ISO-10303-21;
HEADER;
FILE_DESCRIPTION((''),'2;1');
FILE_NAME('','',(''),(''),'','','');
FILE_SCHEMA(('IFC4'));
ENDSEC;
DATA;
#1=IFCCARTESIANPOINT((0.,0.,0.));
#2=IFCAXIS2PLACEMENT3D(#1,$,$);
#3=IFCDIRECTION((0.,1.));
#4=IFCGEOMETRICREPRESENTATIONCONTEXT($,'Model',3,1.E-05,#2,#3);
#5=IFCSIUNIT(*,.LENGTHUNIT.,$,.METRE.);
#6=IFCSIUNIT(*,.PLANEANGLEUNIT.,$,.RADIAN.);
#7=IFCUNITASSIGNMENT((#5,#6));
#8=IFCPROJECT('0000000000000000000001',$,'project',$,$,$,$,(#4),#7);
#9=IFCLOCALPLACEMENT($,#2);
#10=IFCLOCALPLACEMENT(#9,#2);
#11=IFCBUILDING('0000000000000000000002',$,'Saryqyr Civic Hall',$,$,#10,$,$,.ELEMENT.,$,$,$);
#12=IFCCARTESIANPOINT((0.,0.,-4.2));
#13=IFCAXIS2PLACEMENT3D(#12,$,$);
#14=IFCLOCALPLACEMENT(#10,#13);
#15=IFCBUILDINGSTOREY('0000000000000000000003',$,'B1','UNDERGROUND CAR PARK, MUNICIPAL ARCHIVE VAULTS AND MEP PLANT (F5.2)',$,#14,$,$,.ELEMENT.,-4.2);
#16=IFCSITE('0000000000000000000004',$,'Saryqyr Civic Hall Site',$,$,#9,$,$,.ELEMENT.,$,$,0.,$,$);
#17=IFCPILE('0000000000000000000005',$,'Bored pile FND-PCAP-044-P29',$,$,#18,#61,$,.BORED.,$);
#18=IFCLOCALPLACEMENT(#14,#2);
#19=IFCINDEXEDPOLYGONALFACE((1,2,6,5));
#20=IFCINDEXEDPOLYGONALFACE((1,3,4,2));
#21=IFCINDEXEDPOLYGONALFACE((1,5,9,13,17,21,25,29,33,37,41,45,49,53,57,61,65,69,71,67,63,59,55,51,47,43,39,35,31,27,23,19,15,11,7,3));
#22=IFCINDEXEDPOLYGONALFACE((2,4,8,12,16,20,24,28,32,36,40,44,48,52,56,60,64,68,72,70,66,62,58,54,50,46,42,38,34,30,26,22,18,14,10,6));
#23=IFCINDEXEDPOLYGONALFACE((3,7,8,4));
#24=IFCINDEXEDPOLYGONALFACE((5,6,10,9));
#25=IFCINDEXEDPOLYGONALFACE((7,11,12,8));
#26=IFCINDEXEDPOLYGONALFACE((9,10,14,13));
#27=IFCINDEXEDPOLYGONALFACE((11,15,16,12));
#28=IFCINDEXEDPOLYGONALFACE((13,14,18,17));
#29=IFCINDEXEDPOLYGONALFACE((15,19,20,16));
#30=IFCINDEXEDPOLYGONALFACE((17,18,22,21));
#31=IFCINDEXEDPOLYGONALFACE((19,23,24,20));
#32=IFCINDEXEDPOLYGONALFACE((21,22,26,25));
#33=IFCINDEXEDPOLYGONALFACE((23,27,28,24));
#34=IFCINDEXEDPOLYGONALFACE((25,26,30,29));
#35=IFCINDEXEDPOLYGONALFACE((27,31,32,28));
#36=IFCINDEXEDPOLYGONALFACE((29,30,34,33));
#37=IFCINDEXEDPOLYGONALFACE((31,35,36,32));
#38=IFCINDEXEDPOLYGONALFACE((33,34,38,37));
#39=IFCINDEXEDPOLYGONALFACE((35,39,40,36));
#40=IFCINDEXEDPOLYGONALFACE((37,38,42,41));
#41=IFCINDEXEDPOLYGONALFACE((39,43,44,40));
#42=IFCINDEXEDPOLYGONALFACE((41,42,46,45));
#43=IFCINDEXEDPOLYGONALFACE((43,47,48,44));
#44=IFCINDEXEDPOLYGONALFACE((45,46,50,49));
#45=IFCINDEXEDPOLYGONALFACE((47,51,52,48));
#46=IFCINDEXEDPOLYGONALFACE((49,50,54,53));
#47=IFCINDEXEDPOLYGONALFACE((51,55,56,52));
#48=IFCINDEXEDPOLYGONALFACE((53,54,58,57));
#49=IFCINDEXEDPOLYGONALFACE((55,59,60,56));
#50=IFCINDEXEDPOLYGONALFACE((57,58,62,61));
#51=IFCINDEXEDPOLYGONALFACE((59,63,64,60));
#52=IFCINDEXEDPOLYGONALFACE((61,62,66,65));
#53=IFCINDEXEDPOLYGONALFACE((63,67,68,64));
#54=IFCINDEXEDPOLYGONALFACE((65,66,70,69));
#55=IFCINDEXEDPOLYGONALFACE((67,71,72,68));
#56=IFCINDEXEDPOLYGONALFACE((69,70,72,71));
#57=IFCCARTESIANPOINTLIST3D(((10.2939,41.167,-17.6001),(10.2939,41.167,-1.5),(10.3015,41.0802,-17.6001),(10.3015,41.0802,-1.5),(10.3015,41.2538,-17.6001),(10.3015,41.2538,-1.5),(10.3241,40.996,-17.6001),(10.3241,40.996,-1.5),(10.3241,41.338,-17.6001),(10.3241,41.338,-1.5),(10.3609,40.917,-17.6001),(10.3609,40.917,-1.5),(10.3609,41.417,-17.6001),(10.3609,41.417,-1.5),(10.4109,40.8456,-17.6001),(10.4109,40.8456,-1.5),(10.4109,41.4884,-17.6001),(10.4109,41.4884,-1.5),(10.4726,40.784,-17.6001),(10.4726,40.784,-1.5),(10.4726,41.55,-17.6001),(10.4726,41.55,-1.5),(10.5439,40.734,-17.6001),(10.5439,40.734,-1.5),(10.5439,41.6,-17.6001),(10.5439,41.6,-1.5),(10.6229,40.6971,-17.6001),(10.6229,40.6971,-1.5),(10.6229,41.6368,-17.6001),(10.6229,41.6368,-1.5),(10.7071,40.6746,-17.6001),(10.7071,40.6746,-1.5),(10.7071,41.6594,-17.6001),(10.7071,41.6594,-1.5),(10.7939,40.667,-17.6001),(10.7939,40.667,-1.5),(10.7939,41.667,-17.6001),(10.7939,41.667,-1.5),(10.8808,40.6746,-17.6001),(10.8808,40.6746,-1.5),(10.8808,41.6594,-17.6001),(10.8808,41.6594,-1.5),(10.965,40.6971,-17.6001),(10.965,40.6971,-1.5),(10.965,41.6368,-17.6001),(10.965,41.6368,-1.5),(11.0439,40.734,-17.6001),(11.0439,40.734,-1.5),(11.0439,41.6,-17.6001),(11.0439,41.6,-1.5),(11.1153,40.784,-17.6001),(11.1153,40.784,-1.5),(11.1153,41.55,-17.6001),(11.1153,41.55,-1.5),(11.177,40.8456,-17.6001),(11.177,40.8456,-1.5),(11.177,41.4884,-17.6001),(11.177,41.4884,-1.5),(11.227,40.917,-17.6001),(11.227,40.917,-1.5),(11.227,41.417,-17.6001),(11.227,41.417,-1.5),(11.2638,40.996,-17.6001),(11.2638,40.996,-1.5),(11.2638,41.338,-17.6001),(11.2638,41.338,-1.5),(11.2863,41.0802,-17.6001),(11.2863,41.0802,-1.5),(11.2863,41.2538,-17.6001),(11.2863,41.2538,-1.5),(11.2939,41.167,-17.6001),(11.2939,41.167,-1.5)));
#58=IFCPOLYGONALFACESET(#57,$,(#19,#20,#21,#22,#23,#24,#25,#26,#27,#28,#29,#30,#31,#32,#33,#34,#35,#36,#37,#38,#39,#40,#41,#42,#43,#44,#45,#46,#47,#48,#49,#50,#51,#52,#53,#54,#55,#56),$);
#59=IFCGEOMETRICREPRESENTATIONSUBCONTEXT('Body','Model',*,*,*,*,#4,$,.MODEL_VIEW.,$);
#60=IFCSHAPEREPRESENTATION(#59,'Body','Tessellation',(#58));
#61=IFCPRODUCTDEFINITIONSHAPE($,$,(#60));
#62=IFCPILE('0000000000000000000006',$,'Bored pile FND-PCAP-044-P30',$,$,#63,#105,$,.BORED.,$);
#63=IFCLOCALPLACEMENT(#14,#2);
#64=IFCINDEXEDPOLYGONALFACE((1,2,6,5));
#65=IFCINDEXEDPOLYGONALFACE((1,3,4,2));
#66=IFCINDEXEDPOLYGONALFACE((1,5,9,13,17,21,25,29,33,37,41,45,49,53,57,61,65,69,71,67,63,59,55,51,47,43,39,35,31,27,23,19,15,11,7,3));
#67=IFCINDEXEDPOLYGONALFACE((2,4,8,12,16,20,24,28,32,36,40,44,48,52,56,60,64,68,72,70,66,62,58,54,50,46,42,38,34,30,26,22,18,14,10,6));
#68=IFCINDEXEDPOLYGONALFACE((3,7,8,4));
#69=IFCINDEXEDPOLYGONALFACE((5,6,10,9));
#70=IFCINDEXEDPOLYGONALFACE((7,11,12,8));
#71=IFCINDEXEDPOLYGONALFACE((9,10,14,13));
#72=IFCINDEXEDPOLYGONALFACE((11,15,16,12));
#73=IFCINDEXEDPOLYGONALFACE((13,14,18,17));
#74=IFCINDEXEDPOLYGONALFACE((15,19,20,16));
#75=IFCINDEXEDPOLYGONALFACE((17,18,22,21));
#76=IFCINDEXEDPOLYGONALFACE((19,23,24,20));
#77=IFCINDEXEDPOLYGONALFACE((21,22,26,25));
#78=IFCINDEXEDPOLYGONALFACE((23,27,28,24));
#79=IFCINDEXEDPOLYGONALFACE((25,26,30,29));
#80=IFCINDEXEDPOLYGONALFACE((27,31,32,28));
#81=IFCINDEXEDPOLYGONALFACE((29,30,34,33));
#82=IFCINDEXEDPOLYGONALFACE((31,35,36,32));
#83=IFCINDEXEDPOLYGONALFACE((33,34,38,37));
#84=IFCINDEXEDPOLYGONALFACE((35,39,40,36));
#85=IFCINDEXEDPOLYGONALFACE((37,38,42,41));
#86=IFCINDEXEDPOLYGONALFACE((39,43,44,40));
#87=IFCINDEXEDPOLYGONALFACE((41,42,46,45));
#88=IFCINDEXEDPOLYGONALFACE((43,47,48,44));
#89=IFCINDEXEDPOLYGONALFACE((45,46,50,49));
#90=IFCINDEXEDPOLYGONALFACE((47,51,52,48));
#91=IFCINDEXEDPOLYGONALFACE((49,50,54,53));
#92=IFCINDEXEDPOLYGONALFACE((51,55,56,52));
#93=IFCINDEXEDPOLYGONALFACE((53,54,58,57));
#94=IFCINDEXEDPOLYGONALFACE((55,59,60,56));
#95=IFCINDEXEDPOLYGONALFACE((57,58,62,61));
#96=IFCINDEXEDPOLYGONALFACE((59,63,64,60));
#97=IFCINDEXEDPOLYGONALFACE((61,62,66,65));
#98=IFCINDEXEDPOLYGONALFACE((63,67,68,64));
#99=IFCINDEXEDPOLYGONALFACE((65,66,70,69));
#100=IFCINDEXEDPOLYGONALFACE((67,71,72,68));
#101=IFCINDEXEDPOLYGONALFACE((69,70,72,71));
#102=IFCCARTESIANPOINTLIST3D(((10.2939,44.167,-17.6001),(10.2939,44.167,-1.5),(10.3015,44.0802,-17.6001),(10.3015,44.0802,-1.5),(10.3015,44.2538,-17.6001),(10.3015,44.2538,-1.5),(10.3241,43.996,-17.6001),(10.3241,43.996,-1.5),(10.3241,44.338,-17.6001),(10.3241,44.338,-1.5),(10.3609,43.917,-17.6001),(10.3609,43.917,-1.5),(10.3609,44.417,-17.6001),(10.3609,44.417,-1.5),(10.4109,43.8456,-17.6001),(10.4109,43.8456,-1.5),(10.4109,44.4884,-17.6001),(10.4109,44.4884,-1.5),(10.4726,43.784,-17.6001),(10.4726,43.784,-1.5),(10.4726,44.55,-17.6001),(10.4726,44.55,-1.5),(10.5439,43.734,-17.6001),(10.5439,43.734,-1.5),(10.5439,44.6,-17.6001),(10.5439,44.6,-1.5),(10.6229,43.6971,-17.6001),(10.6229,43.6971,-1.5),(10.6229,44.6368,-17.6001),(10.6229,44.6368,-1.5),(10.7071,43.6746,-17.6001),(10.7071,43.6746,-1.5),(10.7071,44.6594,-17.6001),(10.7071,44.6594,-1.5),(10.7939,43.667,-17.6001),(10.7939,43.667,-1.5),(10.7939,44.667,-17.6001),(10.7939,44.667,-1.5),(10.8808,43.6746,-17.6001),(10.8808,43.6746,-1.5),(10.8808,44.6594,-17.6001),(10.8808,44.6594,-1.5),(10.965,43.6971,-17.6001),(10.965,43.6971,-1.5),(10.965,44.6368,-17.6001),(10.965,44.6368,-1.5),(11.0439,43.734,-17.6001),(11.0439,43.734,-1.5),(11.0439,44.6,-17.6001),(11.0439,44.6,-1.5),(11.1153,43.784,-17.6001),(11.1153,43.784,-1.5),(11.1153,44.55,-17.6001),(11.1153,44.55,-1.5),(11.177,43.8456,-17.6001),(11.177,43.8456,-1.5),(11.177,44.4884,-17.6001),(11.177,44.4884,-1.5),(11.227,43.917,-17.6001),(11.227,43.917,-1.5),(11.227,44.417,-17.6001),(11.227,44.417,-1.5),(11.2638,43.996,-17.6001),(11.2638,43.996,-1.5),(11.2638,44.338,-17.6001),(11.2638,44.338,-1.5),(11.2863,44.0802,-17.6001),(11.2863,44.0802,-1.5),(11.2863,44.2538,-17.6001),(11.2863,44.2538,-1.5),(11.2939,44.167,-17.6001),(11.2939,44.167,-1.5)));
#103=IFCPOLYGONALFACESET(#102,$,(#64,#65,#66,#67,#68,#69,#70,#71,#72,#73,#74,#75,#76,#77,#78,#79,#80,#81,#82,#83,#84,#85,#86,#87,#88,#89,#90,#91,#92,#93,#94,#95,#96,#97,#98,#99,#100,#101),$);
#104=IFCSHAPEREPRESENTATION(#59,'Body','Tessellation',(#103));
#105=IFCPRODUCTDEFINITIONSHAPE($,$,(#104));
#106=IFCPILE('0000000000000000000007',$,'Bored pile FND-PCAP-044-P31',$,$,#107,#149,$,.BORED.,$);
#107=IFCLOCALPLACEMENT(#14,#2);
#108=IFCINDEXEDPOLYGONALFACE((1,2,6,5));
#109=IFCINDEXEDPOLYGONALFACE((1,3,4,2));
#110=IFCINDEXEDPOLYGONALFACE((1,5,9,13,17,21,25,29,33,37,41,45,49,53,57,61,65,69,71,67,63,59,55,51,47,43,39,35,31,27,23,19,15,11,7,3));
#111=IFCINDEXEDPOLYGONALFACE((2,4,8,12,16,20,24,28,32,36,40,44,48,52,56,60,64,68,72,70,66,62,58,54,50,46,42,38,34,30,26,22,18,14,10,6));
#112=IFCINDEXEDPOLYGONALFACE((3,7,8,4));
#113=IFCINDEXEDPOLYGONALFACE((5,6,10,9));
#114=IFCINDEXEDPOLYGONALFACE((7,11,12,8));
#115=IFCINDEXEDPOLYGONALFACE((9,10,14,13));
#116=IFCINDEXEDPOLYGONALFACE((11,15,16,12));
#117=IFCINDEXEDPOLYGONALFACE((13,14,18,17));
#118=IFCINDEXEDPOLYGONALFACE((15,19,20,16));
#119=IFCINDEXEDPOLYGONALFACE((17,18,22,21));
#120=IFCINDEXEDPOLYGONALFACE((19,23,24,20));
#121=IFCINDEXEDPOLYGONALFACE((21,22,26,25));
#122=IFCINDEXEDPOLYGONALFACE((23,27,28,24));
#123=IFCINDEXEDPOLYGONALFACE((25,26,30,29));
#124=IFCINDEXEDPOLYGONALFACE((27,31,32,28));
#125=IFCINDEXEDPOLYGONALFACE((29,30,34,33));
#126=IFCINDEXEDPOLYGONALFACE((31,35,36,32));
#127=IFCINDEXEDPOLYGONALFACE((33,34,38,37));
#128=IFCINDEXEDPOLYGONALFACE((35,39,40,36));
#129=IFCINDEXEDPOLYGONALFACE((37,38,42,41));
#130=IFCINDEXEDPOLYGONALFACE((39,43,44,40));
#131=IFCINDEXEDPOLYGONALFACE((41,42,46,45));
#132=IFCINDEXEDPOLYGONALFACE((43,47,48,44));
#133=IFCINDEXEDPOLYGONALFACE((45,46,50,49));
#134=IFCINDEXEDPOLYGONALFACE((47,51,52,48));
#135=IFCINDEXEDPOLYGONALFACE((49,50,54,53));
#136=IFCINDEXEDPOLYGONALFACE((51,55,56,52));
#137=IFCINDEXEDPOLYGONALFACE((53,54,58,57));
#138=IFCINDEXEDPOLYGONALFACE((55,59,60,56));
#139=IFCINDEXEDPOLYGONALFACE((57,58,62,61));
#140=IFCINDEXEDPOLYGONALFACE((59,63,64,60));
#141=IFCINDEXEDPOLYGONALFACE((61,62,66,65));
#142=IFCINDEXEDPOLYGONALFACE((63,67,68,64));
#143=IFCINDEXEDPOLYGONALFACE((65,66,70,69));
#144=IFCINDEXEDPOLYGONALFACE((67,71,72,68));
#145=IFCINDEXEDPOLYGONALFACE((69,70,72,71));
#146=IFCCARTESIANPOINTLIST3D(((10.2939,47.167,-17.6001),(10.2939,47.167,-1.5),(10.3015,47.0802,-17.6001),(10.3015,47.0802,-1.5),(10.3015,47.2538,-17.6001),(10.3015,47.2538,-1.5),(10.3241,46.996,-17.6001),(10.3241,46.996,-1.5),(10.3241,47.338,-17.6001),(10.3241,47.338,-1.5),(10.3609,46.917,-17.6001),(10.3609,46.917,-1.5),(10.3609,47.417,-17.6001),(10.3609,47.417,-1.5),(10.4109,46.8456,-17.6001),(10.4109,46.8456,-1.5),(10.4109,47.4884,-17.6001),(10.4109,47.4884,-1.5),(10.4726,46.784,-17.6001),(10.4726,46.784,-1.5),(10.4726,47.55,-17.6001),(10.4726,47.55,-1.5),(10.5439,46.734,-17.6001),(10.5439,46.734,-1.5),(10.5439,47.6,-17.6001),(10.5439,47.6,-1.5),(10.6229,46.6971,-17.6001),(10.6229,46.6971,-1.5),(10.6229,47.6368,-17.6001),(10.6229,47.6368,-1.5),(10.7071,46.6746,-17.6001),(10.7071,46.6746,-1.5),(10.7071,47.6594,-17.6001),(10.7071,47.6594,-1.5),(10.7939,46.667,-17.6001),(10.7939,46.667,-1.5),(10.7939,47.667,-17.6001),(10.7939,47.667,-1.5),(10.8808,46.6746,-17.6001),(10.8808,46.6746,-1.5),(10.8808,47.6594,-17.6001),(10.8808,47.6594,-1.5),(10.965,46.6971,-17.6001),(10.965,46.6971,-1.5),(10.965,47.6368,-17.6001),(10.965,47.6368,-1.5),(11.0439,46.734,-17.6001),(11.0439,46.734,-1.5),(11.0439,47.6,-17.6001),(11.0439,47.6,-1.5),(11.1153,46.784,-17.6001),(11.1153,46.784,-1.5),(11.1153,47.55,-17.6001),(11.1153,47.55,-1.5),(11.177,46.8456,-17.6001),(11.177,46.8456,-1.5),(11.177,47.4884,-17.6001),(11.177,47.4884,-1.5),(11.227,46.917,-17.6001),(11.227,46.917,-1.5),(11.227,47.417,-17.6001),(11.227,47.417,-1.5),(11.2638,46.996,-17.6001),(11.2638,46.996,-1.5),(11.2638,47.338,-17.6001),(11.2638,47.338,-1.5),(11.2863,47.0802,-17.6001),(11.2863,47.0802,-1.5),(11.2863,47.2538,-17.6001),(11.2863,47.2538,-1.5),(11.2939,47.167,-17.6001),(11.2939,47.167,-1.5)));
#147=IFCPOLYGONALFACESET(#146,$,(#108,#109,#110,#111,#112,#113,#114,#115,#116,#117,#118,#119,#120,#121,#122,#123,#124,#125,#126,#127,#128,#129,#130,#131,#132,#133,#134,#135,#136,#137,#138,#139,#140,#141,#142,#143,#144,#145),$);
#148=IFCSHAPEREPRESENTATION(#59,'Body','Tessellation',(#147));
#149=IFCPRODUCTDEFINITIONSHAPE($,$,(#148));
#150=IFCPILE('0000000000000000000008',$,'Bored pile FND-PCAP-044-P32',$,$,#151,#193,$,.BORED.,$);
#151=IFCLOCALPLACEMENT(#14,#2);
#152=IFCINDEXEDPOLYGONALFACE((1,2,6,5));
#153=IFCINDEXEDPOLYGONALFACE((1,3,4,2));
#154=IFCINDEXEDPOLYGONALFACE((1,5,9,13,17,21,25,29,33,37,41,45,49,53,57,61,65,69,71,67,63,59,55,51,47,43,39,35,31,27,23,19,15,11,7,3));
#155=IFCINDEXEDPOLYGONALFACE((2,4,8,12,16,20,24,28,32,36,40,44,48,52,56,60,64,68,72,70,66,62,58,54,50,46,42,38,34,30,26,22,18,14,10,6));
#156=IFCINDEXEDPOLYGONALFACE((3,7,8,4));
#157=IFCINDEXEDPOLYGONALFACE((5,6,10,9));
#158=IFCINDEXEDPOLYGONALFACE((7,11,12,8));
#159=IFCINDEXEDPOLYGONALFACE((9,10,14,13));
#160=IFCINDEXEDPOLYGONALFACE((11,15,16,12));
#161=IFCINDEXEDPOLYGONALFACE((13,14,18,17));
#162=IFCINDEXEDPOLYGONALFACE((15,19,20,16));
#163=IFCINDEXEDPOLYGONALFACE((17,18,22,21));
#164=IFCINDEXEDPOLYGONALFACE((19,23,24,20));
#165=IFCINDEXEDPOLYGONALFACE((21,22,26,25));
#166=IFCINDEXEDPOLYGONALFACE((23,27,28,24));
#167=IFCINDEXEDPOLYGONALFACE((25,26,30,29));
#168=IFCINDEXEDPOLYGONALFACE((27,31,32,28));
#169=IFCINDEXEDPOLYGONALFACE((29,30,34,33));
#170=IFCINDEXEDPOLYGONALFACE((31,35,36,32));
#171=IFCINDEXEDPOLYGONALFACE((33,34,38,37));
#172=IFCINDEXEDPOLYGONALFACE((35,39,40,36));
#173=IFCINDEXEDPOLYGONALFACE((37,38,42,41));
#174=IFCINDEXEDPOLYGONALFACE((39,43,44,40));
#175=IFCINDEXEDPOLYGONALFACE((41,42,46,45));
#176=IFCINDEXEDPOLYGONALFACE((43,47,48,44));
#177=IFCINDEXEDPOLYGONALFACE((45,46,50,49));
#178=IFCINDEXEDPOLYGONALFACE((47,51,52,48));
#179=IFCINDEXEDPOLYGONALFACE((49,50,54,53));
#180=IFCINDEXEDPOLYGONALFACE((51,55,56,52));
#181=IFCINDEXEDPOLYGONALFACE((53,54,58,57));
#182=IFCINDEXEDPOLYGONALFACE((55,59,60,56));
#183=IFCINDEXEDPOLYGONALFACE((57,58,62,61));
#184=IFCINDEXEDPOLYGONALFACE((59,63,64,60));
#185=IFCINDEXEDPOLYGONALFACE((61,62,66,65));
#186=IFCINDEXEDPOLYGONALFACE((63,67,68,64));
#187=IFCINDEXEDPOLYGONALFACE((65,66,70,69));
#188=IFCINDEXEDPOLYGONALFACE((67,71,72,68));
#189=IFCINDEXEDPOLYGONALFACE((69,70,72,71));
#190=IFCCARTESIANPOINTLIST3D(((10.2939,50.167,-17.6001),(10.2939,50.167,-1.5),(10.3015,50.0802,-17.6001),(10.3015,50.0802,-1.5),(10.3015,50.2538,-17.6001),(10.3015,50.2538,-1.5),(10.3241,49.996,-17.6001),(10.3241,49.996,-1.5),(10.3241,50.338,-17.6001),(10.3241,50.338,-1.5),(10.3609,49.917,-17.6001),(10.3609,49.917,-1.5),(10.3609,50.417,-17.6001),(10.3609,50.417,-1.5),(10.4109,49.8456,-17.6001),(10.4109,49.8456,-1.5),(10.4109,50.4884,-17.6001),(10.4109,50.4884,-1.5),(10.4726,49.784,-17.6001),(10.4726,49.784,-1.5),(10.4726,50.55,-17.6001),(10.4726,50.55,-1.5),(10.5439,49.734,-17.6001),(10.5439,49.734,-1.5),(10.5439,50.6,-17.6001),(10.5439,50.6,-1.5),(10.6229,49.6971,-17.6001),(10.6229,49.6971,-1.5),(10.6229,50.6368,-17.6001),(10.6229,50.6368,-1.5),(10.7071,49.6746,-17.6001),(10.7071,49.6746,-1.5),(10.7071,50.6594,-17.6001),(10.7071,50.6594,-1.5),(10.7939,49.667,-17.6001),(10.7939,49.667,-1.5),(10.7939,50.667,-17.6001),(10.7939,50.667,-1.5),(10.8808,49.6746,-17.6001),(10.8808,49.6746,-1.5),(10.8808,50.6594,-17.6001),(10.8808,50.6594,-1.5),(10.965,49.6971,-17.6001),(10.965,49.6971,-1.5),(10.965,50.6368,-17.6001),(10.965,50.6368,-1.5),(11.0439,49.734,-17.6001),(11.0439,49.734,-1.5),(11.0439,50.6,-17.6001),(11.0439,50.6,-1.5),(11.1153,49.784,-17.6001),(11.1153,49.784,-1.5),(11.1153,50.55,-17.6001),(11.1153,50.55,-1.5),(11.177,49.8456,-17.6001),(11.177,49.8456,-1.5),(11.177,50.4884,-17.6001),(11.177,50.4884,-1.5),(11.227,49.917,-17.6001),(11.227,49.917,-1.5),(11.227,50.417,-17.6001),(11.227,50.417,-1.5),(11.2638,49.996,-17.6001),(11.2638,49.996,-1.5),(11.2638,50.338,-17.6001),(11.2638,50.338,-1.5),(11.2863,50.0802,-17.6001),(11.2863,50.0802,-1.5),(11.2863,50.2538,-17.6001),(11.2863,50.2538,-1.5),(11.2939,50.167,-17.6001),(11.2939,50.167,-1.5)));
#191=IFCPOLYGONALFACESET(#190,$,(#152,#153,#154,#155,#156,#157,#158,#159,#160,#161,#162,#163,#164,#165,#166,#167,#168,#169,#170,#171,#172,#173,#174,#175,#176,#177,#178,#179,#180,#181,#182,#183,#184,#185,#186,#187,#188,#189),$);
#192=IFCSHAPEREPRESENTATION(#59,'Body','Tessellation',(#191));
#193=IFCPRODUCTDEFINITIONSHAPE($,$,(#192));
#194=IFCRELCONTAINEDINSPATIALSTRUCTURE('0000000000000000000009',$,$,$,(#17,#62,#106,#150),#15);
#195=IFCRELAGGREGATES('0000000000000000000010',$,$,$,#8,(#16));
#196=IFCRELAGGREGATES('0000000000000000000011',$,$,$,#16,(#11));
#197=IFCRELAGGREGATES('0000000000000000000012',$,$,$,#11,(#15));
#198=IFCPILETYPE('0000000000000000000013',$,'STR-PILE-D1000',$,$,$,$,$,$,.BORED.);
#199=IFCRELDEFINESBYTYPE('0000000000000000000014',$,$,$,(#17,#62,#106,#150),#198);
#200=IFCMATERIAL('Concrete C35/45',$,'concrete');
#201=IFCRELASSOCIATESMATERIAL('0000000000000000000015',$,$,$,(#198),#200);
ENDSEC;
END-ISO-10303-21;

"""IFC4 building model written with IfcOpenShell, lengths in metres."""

from ifc_helpers import new_model, si_unit, direction, frame, origin, origin_2d, place, context, subcontext, project, spatial, circle, extrude, material, material_profile, profile_set, type_object, element, save


model = new_model("IFC4")

# Units and contexts
model_context = context("Model", 3, precision=1e-05, world=origin(), true_north=direction((0.0, 1.0)))
body_context = subcontext(model_context, "Body", "Model", "MODEL_VIEW")
ifc_project = project(units=[si_unit("LENGTHUNIT", "METRE"), si_unit("PLANEANGLEUNIT", "RADIAN")], contexts=[model_context])

# Site, building, storey
site_placement = place(None, origin())
site = spatial("IfcSite", under=ifc_project, at=site_placement, Name="Saryqyr Civic Hall Site", CompositionType="ELEMENT", RefElevation=0.0)
building_placement = place(site_placement, origin())
building = spatial("IfcBuilding", under=site, at=building_placement, Name="Saryqyr Civic Hall", CompositionType="ELEMENT")
storey_placement = place(building_placement, frame((0.0, 0.0, -4.2)))
storey = spatial("IfcBuildingStorey", under=building, at=storey_placement, Name="B1", Description="UNDERGROUND CAR PARK, MUNICIPAL ARCHIVE VAULTS AND MEP PLANT (F5.2)", CompositionType="ELEMENT", Elevation=-4.2)

# Piles
ifc_material_1 = material(Name="Concrete C35/45", Category="concrete")
ifc_material_profile = material_profile(ifc_material_1, circle(Radius=0.5, at=origin_2d()), Name="BORED PILE D1000")
ifc_profile_set = profile_set([ifc_material_profile], Name="Concrete C35/45")
pile_type = type_object("IfcPileType", Name="STR-PILE-D1000", PredefinedType="BORED", material=ifc_profile_set)
for number, where, z_axis, x_axis, name in (
    (1, (10.7939, 41.167, -1.5), (0.0, 0.0, -1.0), (1.0, 0.0, 0.0), "Bored pile FND-PCAP-044-P29"),
    (2, (10.7939, 44.167, -1.5), (0.0, 0.0, -1.0), (1.0, 0.0, 0.0), "Bored pile FND-PCAP-044-P30"),
    (3, (10.7939, 47.167, -1.5), (0.0, 0.0, -1.0), (1.0, 0.0, 0.0), "Bored pile FND-PCAP-044-P31"),
    (4, (10.7939, 50.167, -1.5), (0.0, 0.0, -1.0), (1.0, 0.0, 0.0), "Bored pile FND-PCAP-044-P32"),
):
    element("IfcPile", number, at=place(storey_placement, frame(where, z_axis=z_axis, x_axis=x_axis)), inside=storey, type_object=pile_type, Name=name, PredefinedType="BORED", context=body_context, shape_type="SweptSolid", body=[
        extrude(circle(Radius=0.5, at=origin_2d()), origin(), (0.0, 0.0, 1.0), 16.1001),
    ])

save(model, "model.ifc")
